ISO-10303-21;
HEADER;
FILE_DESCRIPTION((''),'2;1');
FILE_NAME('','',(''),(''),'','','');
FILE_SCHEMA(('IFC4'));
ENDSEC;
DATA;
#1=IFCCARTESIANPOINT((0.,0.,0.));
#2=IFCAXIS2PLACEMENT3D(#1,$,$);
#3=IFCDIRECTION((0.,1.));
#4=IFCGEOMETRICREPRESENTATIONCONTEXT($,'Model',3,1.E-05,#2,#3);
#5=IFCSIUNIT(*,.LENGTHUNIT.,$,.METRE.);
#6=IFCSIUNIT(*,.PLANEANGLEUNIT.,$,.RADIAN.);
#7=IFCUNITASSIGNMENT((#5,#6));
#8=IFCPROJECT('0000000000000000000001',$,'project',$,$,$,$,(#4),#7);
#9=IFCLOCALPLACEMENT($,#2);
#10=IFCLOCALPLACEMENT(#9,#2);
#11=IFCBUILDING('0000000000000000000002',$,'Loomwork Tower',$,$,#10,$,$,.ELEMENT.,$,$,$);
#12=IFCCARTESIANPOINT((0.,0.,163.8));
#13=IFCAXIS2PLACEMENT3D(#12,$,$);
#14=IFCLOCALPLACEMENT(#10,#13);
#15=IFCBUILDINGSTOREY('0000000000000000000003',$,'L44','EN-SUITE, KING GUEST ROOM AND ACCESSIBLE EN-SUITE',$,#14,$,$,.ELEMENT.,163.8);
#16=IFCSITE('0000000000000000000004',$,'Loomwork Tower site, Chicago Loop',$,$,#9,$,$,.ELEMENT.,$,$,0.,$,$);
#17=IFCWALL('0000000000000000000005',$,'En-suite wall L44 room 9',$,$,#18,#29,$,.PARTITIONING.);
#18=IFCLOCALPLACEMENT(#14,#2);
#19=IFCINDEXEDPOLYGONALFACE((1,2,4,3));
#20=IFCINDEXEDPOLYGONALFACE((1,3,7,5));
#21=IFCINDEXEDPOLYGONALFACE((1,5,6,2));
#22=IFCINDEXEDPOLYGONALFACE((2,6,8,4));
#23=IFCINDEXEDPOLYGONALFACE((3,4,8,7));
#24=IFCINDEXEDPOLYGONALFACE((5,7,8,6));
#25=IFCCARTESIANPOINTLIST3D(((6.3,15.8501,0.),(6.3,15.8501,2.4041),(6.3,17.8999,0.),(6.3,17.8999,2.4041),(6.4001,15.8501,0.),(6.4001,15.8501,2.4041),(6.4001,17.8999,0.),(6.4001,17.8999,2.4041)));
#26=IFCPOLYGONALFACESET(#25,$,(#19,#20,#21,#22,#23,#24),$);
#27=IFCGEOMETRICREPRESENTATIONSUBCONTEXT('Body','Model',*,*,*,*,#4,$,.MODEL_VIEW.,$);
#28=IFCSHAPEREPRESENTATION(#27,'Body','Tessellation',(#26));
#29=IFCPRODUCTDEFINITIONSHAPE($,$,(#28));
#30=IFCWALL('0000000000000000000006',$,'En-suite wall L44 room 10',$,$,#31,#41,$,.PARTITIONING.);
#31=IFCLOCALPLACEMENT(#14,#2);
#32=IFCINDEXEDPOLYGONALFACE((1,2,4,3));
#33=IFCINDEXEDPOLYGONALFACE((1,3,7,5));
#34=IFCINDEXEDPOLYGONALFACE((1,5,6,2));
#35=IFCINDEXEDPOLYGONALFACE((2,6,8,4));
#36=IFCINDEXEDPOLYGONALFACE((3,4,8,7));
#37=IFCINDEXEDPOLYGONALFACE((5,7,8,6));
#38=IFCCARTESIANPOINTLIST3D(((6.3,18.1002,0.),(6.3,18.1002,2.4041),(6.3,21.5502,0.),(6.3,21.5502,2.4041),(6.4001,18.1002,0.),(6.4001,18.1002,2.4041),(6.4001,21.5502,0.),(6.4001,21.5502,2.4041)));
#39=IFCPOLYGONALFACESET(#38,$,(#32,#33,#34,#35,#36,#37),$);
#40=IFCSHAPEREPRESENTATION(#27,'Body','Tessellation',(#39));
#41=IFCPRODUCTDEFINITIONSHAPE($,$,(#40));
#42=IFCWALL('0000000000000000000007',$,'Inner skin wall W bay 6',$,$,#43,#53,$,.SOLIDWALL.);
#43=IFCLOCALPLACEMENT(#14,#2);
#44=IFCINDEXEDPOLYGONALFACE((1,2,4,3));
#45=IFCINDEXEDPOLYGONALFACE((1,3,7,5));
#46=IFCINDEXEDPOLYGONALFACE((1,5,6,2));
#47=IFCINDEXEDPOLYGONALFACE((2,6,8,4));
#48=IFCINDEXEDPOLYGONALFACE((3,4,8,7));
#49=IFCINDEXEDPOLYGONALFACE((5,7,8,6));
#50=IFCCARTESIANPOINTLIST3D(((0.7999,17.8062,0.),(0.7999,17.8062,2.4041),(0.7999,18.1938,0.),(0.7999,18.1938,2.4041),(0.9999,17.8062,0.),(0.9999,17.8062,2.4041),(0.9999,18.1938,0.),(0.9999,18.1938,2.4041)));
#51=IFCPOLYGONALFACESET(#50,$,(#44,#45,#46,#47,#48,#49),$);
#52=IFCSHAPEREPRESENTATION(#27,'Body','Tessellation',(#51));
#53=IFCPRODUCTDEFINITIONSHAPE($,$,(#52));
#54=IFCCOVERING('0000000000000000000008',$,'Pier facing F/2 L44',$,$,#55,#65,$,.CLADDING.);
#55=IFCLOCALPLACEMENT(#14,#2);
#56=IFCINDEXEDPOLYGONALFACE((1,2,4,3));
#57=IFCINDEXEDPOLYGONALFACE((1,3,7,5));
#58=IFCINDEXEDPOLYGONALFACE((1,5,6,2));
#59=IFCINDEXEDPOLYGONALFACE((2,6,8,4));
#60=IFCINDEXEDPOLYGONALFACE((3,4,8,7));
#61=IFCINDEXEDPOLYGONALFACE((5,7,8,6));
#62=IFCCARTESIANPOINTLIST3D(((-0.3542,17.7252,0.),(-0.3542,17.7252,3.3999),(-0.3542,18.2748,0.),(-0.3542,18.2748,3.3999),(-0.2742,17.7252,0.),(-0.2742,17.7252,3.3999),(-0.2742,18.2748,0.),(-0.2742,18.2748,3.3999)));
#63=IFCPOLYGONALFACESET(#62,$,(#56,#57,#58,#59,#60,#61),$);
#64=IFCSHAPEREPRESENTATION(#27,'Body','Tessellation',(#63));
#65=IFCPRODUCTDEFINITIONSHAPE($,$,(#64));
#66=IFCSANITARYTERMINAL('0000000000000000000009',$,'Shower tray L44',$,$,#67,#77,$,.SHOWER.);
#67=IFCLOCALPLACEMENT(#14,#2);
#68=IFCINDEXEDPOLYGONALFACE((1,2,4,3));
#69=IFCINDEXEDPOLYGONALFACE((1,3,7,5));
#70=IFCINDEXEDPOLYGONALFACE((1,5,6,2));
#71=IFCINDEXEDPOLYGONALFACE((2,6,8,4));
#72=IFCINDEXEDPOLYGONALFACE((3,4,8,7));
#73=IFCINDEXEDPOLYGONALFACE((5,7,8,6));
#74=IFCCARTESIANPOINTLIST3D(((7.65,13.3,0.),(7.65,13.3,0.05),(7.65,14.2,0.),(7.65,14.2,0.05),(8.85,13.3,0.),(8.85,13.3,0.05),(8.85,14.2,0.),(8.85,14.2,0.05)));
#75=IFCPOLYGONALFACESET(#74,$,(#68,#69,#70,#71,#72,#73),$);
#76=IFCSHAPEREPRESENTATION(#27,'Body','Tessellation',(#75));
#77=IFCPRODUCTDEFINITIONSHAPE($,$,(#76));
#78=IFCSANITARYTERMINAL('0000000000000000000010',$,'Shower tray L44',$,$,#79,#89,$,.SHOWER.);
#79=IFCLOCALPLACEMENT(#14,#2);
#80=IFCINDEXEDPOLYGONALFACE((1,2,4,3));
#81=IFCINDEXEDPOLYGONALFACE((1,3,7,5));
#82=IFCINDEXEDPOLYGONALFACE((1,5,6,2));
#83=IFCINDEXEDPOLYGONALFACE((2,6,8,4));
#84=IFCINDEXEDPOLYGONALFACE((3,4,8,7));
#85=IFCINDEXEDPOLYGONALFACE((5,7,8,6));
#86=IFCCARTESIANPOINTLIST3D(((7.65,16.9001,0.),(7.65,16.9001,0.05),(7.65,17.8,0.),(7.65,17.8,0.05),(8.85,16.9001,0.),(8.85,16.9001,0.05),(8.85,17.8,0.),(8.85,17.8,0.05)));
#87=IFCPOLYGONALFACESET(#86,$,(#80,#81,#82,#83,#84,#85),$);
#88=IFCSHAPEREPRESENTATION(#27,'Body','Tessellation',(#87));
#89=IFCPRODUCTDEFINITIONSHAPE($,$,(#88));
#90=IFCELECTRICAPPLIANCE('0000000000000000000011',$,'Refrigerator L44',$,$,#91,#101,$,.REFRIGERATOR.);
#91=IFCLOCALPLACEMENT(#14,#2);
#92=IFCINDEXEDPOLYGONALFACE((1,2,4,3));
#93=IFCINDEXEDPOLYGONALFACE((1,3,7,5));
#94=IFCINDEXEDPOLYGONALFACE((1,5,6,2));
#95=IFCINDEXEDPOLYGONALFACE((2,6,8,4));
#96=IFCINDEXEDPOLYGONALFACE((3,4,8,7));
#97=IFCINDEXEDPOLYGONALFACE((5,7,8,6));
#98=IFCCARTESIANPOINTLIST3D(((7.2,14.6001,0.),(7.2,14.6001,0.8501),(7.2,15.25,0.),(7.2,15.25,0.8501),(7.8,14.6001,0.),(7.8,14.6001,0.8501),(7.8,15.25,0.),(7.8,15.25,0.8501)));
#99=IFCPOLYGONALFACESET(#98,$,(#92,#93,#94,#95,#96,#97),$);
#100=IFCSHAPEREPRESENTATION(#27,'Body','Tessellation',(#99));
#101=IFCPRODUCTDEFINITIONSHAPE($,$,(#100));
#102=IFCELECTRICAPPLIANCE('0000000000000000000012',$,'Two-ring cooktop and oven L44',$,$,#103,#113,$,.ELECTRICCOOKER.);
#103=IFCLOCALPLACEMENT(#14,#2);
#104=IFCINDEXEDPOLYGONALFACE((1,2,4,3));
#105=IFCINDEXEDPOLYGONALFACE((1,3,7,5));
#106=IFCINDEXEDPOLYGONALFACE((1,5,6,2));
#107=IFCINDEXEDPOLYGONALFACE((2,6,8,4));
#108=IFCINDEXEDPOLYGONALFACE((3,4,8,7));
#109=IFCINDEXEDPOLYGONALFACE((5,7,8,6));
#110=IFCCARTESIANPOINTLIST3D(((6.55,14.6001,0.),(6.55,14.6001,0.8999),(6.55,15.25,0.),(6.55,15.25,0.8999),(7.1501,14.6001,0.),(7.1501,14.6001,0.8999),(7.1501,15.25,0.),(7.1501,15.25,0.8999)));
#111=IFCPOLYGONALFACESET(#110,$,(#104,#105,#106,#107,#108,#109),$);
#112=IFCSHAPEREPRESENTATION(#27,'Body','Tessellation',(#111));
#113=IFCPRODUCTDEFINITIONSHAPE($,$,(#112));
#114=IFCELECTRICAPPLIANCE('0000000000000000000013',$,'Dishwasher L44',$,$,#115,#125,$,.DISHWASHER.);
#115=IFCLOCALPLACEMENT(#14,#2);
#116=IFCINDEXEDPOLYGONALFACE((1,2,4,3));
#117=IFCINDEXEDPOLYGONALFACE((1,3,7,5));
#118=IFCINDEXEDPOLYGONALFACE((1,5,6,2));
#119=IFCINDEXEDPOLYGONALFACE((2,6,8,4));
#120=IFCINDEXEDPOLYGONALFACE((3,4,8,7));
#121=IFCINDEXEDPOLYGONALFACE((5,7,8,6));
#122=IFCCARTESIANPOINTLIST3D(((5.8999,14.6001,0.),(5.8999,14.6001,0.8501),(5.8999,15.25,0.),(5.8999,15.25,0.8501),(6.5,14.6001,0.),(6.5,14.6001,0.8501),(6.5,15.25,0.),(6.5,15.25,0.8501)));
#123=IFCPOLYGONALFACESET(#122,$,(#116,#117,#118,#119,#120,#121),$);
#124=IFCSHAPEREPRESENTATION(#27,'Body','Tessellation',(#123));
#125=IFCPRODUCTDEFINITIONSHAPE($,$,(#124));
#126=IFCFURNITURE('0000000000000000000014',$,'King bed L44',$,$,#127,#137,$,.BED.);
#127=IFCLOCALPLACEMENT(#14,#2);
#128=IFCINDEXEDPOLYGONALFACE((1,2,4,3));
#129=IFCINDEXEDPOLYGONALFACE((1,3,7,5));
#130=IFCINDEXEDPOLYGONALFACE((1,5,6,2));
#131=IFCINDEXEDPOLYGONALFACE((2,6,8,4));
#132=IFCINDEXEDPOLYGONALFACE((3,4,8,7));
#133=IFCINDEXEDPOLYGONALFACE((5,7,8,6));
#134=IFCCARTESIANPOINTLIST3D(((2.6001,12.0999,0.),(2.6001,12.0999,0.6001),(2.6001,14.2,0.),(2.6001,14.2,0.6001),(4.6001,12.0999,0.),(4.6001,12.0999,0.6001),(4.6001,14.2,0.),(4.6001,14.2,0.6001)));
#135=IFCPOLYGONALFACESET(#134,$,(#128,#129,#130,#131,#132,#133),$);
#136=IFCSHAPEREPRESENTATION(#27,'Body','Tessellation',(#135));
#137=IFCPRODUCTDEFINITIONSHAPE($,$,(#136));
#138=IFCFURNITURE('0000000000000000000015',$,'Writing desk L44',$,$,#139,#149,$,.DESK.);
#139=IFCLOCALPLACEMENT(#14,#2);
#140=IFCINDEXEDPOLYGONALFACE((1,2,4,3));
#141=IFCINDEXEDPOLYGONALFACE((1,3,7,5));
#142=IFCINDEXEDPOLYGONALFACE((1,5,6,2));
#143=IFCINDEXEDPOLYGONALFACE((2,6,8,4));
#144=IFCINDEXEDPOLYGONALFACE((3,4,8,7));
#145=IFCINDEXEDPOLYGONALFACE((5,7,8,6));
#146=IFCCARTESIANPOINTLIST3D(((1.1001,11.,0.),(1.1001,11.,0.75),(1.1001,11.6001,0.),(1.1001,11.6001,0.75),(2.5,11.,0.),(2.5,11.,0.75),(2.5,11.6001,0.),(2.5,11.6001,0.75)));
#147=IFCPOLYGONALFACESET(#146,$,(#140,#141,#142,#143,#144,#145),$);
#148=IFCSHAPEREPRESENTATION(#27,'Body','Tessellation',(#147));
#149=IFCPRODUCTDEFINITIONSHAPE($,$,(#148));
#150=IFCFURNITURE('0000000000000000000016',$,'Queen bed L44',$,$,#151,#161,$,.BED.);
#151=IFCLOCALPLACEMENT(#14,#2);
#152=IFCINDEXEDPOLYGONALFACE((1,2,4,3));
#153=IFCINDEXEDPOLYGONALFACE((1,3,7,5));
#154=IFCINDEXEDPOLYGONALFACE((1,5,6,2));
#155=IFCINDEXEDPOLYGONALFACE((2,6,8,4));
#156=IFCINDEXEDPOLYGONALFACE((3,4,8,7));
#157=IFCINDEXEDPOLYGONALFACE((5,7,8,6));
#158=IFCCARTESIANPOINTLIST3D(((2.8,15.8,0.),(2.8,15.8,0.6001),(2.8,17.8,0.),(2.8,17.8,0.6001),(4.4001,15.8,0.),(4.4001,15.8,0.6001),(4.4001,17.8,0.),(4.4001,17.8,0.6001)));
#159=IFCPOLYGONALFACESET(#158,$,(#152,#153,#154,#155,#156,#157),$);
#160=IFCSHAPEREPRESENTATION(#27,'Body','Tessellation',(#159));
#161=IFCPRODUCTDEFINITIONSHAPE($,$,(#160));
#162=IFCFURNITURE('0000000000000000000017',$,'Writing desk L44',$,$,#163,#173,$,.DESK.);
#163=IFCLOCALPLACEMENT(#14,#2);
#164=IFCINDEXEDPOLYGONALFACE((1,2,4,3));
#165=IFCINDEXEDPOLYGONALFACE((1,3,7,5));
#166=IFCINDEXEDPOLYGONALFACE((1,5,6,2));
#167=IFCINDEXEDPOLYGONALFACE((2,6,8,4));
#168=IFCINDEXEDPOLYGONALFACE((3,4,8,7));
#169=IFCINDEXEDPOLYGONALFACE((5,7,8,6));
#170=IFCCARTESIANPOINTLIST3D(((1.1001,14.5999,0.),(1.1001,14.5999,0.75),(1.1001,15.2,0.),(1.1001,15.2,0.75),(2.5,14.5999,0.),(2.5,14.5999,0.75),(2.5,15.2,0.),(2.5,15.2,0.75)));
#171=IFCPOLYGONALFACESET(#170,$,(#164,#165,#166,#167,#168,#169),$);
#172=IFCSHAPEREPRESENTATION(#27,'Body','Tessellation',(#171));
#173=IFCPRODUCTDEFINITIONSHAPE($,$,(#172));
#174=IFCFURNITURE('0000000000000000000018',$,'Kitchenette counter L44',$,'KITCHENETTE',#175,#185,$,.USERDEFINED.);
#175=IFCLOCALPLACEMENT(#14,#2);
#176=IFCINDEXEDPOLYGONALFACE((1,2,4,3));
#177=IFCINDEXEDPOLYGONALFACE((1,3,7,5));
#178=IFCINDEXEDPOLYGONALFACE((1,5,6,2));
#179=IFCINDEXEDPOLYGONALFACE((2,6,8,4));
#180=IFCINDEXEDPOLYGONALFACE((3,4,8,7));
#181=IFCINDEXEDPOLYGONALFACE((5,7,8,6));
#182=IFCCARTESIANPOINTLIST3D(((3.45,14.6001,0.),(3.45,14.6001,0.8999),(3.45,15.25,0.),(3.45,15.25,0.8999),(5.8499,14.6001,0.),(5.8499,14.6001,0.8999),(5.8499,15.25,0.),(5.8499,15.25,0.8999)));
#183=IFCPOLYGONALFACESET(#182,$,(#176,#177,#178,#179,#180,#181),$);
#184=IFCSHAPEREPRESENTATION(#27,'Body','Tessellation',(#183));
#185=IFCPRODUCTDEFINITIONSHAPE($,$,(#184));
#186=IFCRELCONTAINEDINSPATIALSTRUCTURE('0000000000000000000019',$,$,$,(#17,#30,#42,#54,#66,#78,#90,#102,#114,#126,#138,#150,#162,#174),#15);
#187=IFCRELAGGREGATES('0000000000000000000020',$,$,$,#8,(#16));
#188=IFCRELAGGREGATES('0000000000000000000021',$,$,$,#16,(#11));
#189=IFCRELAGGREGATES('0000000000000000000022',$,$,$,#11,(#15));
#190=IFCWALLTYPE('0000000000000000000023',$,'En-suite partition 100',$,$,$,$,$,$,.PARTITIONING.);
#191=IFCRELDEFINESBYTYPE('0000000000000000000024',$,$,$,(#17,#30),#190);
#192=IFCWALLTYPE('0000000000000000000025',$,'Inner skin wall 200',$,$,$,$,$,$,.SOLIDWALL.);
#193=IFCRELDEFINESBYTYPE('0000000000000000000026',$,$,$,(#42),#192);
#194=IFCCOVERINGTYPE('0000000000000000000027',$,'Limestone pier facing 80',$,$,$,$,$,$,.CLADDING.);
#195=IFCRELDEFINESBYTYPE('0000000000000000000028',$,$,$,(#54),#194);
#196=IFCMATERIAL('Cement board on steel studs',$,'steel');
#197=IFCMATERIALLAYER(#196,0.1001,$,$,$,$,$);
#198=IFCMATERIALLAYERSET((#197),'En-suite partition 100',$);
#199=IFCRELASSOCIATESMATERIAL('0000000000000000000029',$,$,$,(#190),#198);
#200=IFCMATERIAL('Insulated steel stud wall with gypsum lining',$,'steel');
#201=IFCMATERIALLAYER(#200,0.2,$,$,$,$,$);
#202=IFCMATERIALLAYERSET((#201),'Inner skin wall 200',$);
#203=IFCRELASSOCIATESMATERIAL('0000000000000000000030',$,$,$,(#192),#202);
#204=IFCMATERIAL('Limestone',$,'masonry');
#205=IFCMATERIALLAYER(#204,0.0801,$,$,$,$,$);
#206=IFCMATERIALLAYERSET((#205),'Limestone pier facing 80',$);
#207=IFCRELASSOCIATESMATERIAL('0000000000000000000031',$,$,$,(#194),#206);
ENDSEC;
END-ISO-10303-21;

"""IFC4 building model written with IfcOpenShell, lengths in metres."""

from ifc_helpers import new_model, si_unit, direction, frame, frame_2d, origin, origin_2d, place, context, subcontext, project, spatial, rectangle, extrude, material, layer, layer_set, type_object, element, save


model = new_model("IFC4")

# Units and contexts
model_context = context("Model", 3, precision=1e-05, world=origin(), true_north=direction((0.0, 1.0)))
body_context = subcontext(model_context, "Body", "Model", "MODEL_VIEW")
ifc_project = project(units=[si_unit("LENGTHUNIT", "METRE"), si_unit("PLANEANGLEUNIT", "RADIAN")], contexts=[model_context])

# Site, building, storey
site_placement = place(None, origin())
site = spatial("IfcSite", under=ifc_project, at=site_placement, Name="Loomwork Tower site, Chicago Loop", CompositionType="ELEMENT", RefElevation=0.0)
building_placement = place(site_placement, origin())
building = spatial("IfcBuilding", under=site, at=building_placement, Name="Loomwork Tower", CompositionType="ELEMENT")
storey_placement = place(building_placement, frame((0.0, 0.0, 163.8)))
storey = spatial("IfcBuildingStorey", under=building, at=storey_placement, Name="L44", Description="EN-SUITE, KING GUEST ROOM AND ACCESSIBLE EN-SUITE", CompositionType="ELEMENT", Elevation=163.8)

# Walls
ifc_material_1 = material(Name="Cement board on steel studs", Category="steel")
ifc_layer_1 = layer(ifc_material_1, 0.1001)
ifc_layer_set_1 = layer_set([ifc_layer_1], Name="En-suite partition 100")
wall_type_1 = type_object("IfcWallType", Name="En-suite partition 100", PredefinedType="PARTITIONING", material=ifc_layer_set_1)
wall_1_placement = place(storey_placement, frame((6.3501, 15.8501, 0.0), z_axis=(0.0, 0.0, 1.0), x_axis=(0.0, 1.0, 0.0)))
element("IfcWall", 1, at=wall_1_placement, inside=storey, type_object=wall_type_1, Name="En-suite wall L44 room 9", PredefinedType="PARTITIONING", context=body_context, shape_type="SweptSolid", body=[
    extrude(rectangle(XDim=2.0498, YDim=0.1001, at=frame_2d((1.0249, 0.0))), origin(), (0.0, 0.0, 1.0), 2.4041),
])
wall_2_placement = place(storey_placement, frame((6.3501, 18.1001, 0.0), z_axis=(0.0, 0.0, 1.0), x_axis=(0.0, 1.0, 0.0)))
element("IfcWall", 2, at=wall_2_placement, inside=storey, type_object=wall_type_1, Name="En-suite wall L44 room 10", PredefinedType="PARTITIONING", context=body_context, shape_type="SweptSolid", body=[
    extrude(rectangle(XDim=3.45, YDim=0.1001, at=frame_2d((1.7251, 0.0))), origin(), (0.0, 0.0, 1.0), 2.4041),
])
ifc_material_2 = material(Name="Insulated steel stud wall with gypsum lining", Category="steel")
ifc_layer_2 = layer(ifc_material_2, 0.2)
ifc_layer_set_2 = layer_set([ifc_layer_2], Name="Inner skin wall 200")
wall_type_2 = type_object("IfcWallType", Name="Inner skin wall 200", PredefinedType="SOLIDWALL", material=ifc_layer_set_2)
wall_3_placement = place(storey_placement, frame((0.8999, 17.8062, 0.0), z_axis=(0.0, 0.0, 1.0), x_axis=(0.0, 1.0, 0.0)))
element("IfcWall", 3, at=wall_3_placement, inside=storey, type_object=wall_type_2, Name="Inner skin wall W bay 6", PredefinedType="SOLIDWALL", context=body_context, shape_type="SweptSolid", body=[
    extrude(rectangle(XDim=0.3877, YDim=0.2, at=frame_2d((0.1938, 0.0))), origin(), (0.0, 0.0, 1.0), 2.4041),
])

# Covering
ifc_material_3 = material(Name="Limestone", Category="masonry")
ifc_layer_3 = layer(ifc_material_3, 0.0801)
ifc_layer_set_3 = layer_set([ifc_layer_3], Name="Limestone pier facing 80")
covering_type = type_object("IfcCoveringType", Name="Limestone pier facing 80", PredefinedType="CLADDING", material=ifc_layer_set_3)
covering_placement = place(storey_placement, frame((-0.3142, 18.0, 0.0), z_axis=(0.0, 0.0, 1.0), x_axis=(1.0, 0.0, 0.0)))
element("IfcCovering", 4, at=covering_placement, inside=storey, type_object=covering_type, Name="Pier facing F/2 L44", PredefinedType="CLADDING", context=body_context, shape_type="SweptSolid", body=[
    extrude(rectangle(XDim=0.0801, YDim=0.5496, at=origin_2d()), origin(), (0.0, 0.0, 1.0), 3.3999),
])

# Sanitary terminals
for number, where, z_axis, x_axis, name in (
    (5, (8.25, 13.75, 0.0), (0.0, 0.0, 1.0), (1.0, 0.0, 0.0), "Shower tray L44"),
    (6, (8.25, 17.3501, 0.0), (0.0, 0.0, 1.0), (1.0, 0.0, 0.0), "Shower tray L44"),
):
    element("IfcSanitaryTerminal", number, at=place(storey_placement, frame(where, z_axis=z_axis, x_axis=x_axis)), inside=storey, Name=name, PredefinedType="SHOWER", context=body_context, shape_type="SweptSolid", body=[
        extrude(rectangle(XDim=1.2, YDim=0.8999, at=origin_2d()), origin(), (0.0, 0.0, 1.0), 0.05),
    ])

# Electric appliances
electric_appliance_1_placement = place(storey_placement, frame((7.5, 14.925, 0.0), z_axis=(0.0, 0.0, 1.0), x_axis=(1.0, 0.0, 0.0)))
element("IfcElectricAppliance", 7, at=electric_appliance_1_placement, inside=storey, Name="Refrigerator L44", PredefinedType="REFRIGERATOR", context=body_context, shape_type="SweptSolid", body=[
    extrude(rectangle(XDim=0.6001, YDim=0.6499, at=origin_2d()), origin(), (0.0, 0.0, 1.0), 0.8501),
])
electric_appliance_2_placement = place(storey_placement, frame((6.8501, 14.925, 0.0), z_axis=(0.0, 0.0, 1.0), x_axis=(1.0, 0.0, 0.0)))
element("IfcElectricAppliance", 8, at=electric_appliance_2_placement, inside=storey, Name="Two-ring cooktop and oven L44", PredefinedType="ELECTRICCOOKER", context=body_context, shape_type="SweptSolid", body=[
    extrude(rectangle(XDim=0.6001, YDim=0.6499, at=origin_2d()), origin(), (0.0, 0.0, 1.0), 0.8999),
])
electric_appliance_3_placement = place(storey_placement, frame((6.2, 14.925, 0.0), z_axis=(0.0, 0.0, 1.0), x_axis=(1.0, 0.0, 0.0)))
element("IfcElectricAppliance", 9, at=electric_appliance_3_placement, inside=storey, Name="Dishwasher L44", PredefinedType="DISHWASHER", context=body_context, shape_type="SweptSolid", body=[
    extrude(rectangle(XDim=0.6001, YDim=0.6499, at=origin_2d()), origin(), (0.0, 0.0, 1.0), 0.8501),
])

# Furniture
furniture_1_placement = place(storey_placement, frame((3.6001, 13.1499, 0.0), z_axis=(0.0, 0.0, 1.0), x_axis=(1.0, 0.0, 0.0)))
element("IfcFurniture", 10, at=furniture_1_placement, inside=storey, Name="King bed L44", PredefinedType="BED", context=body_context, shape_type="SweptSolid", body=[
    extrude(rectangle(XDim=2.0, YDim=2.1001, at=origin_2d()), origin(), (0.0, 0.0, 1.0), 0.6001),
])
furniture_2_placement = place(storey_placement, frame((1.8, 11.3, 0.0), z_axis=(0.0, 0.0, 1.0), x_axis=(1.0, 0.0, 0.0)))
element("IfcFurniture", 11, at=furniture_2_placement, inside=storey, Name="Writing desk L44", PredefinedType="DESK", context=body_context, shape_type="SweptSolid", body=[
    extrude(rectangle(XDim=1.3999, YDim=0.6001, at=origin_2d()), origin(), (0.0, 0.0, 1.0), 0.75),
])
furniture_3_placement = place(storey_placement, frame((3.6001, 16.8, 0.0), z_axis=(0.0, 0.0, 1.0), x_axis=(1.0, 0.0, 0.0)))
element("IfcFurniture", 12, at=furniture_3_placement, inside=storey, Name="Queen bed L44", PredefinedType="BED", context=body_context, shape_type="SweptSolid", body=[
    extrude(rectangle(XDim=1.6001, YDim=2.0, at=origin_2d()), origin(), (0.0, 0.0, 1.0), 0.6001),
])
furniture_4_placement = place(storey_placement, frame((1.8, 14.8999, 0.0), z_axis=(0.0, 0.0, 1.0), x_axis=(1.0, 0.0, 0.0)))
element("IfcFurniture", 13, at=furniture_4_placement, inside=storey, Name="Writing desk L44", PredefinedType="DESK", context=body_context, shape_type="SweptSolid", body=[
    extrude(rectangle(XDim=1.3999, YDim=0.6001, at=origin_2d()), origin(), (0.0, 0.0, 1.0), 0.75),
])
furniture_5_placement = place(storey_placement, frame((4.6499, 14.925, 0.0), z_axis=(0.0, 0.0, 1.0), x_axis=(1.0, 0.0, 0.0)))
element("IfcFurniture", 14, at=furniture_5_placement, inside=storey, Name="Kitchenette counter L44", ObjectType="KITCHENETTE", PredefinedType="USERDEFINED", context=body_context, shape_type="SweptSolid", body=[
    extrude(rectangle(XDim=2.3999, YDim=0.6499, at=origin_2d()), origin(), (0.0, 0.0, 1.0), 0.8999),
])

save(model, "model.ifc")
